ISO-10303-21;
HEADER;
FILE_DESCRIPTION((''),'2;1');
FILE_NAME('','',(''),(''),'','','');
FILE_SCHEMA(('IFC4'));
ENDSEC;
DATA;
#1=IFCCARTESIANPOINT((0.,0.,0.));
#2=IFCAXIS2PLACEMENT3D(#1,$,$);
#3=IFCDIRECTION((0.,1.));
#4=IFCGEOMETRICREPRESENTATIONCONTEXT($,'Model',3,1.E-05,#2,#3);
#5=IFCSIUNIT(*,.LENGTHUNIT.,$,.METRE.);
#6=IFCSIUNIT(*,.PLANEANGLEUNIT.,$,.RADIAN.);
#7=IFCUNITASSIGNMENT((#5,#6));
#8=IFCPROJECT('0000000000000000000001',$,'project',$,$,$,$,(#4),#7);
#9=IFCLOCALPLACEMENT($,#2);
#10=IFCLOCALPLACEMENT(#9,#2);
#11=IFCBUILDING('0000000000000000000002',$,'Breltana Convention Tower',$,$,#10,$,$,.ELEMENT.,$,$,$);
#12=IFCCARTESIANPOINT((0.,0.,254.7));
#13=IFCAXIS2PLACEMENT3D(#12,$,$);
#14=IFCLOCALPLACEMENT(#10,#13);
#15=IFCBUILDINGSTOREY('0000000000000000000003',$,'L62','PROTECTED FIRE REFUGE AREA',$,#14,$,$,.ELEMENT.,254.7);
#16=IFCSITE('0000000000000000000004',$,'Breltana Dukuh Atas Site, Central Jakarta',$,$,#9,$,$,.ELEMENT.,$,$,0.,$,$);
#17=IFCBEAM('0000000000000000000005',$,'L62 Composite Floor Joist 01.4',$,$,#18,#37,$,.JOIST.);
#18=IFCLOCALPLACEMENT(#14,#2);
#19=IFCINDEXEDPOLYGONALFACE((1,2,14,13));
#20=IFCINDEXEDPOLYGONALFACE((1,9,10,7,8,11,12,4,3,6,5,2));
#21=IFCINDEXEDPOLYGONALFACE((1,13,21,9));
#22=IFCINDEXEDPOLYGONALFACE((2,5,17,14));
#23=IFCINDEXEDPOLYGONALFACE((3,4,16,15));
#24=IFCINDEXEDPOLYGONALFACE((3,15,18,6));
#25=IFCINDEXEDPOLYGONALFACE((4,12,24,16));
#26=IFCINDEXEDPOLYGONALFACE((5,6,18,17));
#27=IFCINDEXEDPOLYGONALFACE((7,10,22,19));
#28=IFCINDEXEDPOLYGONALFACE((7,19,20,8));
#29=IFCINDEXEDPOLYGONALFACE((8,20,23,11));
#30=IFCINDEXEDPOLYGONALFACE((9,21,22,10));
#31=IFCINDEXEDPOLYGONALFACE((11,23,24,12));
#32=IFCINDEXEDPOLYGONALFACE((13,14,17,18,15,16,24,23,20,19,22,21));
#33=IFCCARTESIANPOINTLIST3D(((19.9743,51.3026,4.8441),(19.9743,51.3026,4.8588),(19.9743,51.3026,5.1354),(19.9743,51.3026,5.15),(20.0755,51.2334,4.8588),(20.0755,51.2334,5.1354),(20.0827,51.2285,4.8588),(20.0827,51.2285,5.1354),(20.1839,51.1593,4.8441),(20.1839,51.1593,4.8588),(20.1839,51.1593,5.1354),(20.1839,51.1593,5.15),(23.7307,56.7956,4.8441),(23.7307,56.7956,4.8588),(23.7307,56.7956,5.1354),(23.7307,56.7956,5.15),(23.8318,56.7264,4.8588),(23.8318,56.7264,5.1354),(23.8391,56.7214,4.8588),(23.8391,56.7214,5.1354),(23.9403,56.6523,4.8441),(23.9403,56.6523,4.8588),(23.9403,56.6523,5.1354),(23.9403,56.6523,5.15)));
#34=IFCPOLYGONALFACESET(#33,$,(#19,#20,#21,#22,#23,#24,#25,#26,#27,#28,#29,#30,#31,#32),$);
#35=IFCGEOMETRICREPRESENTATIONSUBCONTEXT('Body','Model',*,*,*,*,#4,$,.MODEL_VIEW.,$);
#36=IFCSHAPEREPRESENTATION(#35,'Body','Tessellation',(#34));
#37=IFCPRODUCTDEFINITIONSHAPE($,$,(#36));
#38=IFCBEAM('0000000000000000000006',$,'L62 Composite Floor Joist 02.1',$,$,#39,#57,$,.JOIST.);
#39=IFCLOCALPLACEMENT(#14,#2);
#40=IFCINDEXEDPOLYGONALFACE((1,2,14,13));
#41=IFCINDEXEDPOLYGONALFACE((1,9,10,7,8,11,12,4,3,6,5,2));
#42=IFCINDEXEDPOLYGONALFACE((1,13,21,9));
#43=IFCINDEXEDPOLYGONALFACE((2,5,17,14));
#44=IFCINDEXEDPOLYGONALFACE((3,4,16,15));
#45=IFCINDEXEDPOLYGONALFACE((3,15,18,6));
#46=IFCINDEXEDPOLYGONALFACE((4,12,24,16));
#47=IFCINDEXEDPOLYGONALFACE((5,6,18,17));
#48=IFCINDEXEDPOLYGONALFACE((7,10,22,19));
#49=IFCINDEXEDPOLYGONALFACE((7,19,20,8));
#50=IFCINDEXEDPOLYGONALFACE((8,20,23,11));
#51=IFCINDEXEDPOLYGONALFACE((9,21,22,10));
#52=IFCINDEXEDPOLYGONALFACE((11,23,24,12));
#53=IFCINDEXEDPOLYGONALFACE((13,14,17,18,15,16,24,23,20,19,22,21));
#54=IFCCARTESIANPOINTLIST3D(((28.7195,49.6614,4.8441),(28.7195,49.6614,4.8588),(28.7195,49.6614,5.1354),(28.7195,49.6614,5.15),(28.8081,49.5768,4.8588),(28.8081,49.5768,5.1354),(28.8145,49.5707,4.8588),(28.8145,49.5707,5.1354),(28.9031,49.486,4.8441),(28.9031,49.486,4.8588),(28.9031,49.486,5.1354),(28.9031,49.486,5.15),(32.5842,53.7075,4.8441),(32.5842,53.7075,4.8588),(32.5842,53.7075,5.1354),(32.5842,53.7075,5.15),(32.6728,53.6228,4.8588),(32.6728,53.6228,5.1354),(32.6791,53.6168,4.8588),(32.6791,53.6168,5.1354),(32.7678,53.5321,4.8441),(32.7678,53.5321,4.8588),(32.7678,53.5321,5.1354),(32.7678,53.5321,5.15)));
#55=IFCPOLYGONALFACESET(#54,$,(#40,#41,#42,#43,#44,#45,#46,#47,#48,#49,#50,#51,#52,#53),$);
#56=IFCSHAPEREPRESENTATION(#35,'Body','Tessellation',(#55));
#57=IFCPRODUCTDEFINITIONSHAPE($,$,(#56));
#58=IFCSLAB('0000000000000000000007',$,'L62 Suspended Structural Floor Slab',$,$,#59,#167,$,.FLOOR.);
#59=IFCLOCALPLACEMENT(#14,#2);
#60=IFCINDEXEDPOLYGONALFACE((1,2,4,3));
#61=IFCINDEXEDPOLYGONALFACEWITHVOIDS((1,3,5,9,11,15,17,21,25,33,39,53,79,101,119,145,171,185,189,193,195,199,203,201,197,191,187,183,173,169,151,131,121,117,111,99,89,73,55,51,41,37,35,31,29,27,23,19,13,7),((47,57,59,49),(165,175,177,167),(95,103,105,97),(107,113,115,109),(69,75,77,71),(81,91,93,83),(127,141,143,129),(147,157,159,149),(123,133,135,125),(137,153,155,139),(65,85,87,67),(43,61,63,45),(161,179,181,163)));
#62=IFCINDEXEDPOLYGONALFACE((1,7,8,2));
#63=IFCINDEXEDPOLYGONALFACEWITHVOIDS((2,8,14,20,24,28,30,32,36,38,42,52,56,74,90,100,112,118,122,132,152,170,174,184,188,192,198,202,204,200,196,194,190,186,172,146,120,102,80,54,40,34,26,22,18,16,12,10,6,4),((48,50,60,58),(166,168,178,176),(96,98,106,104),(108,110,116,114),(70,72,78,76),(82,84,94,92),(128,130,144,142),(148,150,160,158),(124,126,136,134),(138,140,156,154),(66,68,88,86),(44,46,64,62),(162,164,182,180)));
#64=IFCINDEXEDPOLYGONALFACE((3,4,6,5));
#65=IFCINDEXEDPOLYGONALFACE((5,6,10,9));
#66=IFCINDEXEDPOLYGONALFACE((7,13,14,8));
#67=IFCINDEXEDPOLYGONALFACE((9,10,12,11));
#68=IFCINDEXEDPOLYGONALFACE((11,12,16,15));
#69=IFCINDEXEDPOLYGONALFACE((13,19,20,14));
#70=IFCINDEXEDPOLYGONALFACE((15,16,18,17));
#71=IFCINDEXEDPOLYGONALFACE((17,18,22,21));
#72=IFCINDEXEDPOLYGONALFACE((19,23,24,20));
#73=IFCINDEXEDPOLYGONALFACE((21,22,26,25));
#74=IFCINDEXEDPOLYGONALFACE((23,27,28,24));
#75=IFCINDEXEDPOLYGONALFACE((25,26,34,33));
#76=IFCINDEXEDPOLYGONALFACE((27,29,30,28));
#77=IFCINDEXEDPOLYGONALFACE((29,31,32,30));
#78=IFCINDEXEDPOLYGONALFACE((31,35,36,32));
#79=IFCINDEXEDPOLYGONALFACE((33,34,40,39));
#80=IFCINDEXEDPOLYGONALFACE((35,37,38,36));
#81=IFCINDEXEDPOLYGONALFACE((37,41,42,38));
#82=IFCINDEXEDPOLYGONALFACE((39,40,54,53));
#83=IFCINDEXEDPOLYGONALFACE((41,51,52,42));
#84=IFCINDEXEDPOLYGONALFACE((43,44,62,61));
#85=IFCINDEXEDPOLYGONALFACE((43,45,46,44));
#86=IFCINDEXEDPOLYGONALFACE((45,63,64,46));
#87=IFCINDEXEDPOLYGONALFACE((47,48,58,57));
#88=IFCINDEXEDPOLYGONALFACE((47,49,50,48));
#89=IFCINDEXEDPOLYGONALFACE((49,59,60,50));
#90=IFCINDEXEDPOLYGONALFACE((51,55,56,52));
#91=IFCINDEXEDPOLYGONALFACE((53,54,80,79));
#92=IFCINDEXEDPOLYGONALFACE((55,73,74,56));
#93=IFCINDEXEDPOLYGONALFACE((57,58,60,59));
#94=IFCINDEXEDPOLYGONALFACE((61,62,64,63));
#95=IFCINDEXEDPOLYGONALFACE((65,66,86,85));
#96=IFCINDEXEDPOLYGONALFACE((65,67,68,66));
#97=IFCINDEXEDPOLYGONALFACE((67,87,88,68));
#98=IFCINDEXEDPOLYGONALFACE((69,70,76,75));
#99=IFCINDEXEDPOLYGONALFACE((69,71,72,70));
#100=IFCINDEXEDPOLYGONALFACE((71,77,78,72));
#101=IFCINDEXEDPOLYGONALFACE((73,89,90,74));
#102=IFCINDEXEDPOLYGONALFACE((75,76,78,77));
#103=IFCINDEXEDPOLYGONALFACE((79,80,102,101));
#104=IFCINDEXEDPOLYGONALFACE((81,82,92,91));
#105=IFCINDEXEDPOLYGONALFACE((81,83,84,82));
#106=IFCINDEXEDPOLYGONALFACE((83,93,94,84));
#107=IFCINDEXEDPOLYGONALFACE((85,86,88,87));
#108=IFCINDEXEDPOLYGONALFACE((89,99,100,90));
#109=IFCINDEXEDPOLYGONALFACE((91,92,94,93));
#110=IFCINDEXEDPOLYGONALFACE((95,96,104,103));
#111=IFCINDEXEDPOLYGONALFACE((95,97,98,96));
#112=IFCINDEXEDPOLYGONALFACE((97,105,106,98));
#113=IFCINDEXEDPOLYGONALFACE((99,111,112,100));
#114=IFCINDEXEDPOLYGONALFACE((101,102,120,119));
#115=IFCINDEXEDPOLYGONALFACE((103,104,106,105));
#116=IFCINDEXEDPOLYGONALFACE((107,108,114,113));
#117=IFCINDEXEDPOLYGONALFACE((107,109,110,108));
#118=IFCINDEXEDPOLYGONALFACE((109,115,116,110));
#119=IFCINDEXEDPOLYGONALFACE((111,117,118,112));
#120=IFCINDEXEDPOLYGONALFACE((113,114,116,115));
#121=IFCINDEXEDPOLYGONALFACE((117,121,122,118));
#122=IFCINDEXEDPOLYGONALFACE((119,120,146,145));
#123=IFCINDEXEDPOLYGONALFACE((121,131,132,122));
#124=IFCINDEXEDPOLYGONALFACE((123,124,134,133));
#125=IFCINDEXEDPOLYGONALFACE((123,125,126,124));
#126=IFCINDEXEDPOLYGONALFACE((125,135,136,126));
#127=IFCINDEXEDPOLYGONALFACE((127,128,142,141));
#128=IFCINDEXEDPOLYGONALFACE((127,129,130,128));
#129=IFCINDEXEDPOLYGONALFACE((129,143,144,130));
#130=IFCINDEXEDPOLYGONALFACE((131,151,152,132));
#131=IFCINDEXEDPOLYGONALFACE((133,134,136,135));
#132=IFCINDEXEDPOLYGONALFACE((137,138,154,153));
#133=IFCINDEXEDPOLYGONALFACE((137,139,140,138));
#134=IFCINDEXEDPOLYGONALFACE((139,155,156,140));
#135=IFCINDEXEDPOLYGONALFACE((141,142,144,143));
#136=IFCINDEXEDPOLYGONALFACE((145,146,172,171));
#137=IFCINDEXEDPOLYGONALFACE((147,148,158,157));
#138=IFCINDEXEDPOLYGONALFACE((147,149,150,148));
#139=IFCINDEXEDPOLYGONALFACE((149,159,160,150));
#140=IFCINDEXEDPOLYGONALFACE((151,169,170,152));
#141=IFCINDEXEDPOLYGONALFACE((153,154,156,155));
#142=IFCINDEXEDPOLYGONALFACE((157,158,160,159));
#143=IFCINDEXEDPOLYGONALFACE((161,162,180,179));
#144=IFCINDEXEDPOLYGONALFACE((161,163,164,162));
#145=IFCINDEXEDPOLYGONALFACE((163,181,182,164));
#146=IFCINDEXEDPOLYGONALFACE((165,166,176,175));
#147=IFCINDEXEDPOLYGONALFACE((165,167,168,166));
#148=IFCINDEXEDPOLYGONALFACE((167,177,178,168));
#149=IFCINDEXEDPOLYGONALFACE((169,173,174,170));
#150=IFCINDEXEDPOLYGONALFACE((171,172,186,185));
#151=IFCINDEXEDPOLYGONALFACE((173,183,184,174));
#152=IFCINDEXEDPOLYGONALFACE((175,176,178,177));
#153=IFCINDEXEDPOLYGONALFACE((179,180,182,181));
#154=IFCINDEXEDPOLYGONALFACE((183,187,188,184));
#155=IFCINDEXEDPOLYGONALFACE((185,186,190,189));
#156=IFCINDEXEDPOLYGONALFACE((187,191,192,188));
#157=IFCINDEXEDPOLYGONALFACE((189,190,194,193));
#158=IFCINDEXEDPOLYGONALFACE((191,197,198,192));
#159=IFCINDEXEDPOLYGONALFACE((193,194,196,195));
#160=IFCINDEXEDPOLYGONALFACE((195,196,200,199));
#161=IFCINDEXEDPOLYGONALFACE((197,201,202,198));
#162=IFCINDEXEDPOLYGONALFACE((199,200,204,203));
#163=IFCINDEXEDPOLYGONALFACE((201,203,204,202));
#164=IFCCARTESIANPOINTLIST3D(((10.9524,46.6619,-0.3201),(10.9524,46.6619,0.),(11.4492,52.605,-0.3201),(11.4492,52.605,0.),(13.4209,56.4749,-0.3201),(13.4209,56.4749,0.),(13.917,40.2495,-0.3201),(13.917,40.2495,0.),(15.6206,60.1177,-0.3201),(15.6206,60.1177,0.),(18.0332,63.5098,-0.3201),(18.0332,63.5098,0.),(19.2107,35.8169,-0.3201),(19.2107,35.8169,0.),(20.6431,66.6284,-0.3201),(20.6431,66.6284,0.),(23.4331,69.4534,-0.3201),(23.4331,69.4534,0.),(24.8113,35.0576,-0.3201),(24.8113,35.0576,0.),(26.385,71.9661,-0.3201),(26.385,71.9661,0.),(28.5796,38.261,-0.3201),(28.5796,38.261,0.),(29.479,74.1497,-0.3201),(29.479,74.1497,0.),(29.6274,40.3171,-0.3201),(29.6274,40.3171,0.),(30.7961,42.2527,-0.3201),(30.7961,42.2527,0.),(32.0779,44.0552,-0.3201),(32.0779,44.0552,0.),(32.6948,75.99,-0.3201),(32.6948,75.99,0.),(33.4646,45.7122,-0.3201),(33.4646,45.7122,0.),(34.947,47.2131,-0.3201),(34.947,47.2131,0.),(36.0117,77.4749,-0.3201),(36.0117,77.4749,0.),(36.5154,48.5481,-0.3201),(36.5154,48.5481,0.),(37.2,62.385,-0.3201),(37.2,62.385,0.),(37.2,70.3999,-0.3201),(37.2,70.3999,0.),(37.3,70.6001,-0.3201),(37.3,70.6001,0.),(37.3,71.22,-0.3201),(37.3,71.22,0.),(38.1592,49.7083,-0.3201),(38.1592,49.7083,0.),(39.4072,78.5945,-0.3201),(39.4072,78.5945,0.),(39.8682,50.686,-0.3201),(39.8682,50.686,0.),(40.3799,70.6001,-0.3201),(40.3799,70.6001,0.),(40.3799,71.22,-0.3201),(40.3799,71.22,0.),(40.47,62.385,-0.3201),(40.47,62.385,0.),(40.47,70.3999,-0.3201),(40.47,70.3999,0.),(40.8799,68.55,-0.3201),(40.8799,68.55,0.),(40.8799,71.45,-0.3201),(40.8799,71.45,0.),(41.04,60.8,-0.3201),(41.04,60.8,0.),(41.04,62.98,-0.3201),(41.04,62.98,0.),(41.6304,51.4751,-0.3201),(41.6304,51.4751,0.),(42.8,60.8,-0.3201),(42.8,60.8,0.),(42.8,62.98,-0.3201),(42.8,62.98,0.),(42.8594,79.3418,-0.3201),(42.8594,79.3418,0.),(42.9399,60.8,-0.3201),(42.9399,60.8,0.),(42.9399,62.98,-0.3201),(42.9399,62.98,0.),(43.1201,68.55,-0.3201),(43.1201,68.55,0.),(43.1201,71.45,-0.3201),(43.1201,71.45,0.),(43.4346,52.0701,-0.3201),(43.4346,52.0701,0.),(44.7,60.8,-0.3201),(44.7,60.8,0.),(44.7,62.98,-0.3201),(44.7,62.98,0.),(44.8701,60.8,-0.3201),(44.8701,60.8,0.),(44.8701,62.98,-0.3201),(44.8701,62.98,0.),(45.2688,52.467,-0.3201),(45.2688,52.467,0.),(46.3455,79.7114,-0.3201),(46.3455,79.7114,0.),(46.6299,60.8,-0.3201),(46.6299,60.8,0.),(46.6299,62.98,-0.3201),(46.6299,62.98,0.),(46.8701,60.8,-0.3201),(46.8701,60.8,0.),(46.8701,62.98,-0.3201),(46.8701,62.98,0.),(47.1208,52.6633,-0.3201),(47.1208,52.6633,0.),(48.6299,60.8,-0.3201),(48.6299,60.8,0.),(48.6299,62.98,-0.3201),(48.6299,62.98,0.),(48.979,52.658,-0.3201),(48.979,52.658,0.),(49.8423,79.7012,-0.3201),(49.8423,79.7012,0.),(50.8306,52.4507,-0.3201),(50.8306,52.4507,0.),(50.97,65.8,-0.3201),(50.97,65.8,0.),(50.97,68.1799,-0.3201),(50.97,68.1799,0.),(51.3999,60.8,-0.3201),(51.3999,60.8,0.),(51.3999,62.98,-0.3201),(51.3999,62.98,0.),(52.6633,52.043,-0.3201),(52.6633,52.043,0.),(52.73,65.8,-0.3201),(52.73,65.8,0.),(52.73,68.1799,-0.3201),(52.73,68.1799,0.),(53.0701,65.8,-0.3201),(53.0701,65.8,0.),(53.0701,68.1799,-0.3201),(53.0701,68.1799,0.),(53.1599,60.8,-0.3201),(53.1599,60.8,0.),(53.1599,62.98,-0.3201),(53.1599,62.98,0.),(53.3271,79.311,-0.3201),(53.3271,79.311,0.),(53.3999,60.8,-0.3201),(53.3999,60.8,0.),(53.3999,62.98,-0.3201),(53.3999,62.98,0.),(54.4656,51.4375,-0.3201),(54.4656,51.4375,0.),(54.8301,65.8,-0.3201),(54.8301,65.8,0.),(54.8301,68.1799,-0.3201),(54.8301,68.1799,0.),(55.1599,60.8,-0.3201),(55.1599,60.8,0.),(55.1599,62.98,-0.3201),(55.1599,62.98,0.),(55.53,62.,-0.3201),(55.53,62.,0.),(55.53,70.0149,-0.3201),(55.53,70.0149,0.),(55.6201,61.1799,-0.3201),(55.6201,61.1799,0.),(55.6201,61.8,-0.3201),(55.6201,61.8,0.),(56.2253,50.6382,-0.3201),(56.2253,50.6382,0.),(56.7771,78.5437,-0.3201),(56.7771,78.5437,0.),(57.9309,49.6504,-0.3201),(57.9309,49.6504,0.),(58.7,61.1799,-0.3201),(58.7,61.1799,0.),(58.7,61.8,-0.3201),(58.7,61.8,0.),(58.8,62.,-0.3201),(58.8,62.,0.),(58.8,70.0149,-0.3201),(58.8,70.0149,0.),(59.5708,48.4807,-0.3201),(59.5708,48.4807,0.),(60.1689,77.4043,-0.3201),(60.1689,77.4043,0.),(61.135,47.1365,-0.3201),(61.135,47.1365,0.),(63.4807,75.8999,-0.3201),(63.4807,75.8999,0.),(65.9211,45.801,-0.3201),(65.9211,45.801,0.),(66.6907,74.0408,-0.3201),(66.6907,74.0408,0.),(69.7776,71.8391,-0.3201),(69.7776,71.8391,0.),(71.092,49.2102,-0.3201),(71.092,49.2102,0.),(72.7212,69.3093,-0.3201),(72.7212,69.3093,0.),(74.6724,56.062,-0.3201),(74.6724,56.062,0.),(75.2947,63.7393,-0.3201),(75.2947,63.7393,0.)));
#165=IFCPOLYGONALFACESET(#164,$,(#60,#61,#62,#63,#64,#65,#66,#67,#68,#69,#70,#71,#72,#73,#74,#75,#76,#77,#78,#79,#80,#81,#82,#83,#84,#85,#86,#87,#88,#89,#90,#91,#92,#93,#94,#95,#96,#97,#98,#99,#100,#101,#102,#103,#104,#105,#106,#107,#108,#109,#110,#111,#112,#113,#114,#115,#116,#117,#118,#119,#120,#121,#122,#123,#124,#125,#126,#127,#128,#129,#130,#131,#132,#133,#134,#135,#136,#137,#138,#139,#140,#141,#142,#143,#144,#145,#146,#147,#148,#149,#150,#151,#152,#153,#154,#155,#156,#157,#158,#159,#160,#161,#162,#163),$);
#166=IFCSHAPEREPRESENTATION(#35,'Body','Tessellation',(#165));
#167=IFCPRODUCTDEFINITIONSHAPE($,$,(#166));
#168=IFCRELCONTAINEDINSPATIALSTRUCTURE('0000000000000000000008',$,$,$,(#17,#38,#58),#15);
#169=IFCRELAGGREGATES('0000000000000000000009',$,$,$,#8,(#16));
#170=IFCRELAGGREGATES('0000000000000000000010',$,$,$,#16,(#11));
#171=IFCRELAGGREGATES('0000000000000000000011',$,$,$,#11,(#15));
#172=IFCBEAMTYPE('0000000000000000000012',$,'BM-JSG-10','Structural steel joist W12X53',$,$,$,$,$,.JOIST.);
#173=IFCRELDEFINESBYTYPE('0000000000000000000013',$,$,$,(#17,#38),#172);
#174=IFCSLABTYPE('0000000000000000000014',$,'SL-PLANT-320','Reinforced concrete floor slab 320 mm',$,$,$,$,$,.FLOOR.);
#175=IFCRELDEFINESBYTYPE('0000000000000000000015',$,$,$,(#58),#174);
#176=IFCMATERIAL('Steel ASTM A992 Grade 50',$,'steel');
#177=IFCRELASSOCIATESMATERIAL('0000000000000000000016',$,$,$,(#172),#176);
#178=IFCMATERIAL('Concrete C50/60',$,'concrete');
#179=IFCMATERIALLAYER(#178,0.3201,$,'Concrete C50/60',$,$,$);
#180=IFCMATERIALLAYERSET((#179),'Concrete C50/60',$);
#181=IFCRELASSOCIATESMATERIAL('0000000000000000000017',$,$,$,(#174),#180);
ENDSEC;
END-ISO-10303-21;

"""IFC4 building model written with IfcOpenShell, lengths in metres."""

from ifc_helpers import new_model, si_unit, direction, frame, origin, origin_2d, place, context, subcontext, project, spatial, polyline, i_section, outline, extrude, source, transform, mapped, material, layer, layer_set, material_profile, profile_set, type_object, element, save


model = new_model("IFC4")

# Units and contexts
model_context = context("Model", 3, precision=1e-05, world=origin(), true_north=direction((0.0, 1.0)))
body_context = subcontext(model_context, "Body", "Model", "MODEL_VIEW")
ifc_project = project(units=[si_unit("LENGTHUNIT", "METRE"), si_unit("PLANEANGLEUNIT", "RADIAN")], contexts=[model_context])

# Site, building, storey
site_placement = place(None, origin())
site = spatial("IfcSite", under=ifc_project, at=site_placement, Name="Breltana Dukuh Atas Site, Central Jakarta", CompositionType="ELEMENT", RefElevation=0.0)
building_placement = place(site_placement, origin())
building = spatial("IfcBuilding", under=site, at=building_placement, Name="Breltana Convention Tower", CompositionType="ELEMENT")
storey_placement = place(building_placement, frame((0.0, 0.0, 254.7)))
storey = spatial("IfcBuildingStorey", under=building, at=storey_placement, Name="L62", Description="PROTECTED FIRE REFUGE AREA", CompositionType="ELEMENT", Elevation=254.7)

# Shared definitions
ifc_material_1 = material(Name="Steel ASTM A992 Grade 50", Category="steel")

# Beams
ifc_material_profile_1 = material_profile(ifc_material_1, i_section(OverallWidth=0.2539, OverallDepth=0.3059, WebThickness=0.0088, FlangeThickness=0.0146, at=origin_2d()), Name="W12X53")
ifc_profile_set_1 = profile_set([ifc_material_profile_1], Name="Steel ASTM A992 Grade 50")
beam_type_1 = type_object("IfcBeamType", Name="BM-JSG-10", Description="Structural steel joist W12X53", PredefinedType="JOIST", material=ifc_profile_set_1)
shared_shape_1 = source(origin(), body_context, "Body", "SweptSolid", [
    extrude(i_section(OverallWidth=0.2539, OverallDepth=0.3059, WebThickness=0.0088, FlangeThickness=0.0146, at=origin_2d()), origin(), (0.0, 0.0, 1.0), 6.6545),
])
beam_1_placement = place(storey_placement, frame((20.0791, 51.231, 4.9971), z_axis=(0.564483, 0.825445, 0.0), x_axis=(-0.825445, 0.564483, 0.0)))
element("IfcBeam", 1, at=beam_1_placement, inside=storey, type_object=beam_type_1, Name="L62 Composite Floor Joist 01.4", PredefinedType="JOIST", context=body_context, shape_type="MappedRepresentation", body=[
    mapped(shared_shape_1, transform((0.0, 0.0, 0.0), scale=1.0)),
])
shared_shape_2 = source(origin(), body_context, "Body", "SweptSolid", [
    extrude(i_section(OverallWidth=0.2539, OverallDepth=0.3059, WebThickness=0.0088, FlangeThickness=0.0146, at=origin_2d()), origin(), (0.0, 0.0, 1.0), 5.5952),
])
beam_2_placement = place(storey_placement, frame((28.8113, 49.5737, 4.9971), z_axis=(0.690711, 0.723131, 0.0), x_axis=(-0.723131, 0.690711, 0.0)))
element("IfcBeam", 2, at=beam_2_placement, inside=storey, type_object=beam_type_1, Name="L62 Composite Floor Joist 02.1", PredefinedType="JOIST", context=body_context, shape_type="MappedRepresentation", body=[
    mapped(shared_shape_2, transform((0.0, 0.0, 0.0), scale=1.0)),
])

# Slab
ifc_material_2 = material(Name="Concrete C50/60", Category="concrete")
ifc_layer_1 = layer(ifc_material_2, 0.3201, Name="Concrete C50/60")
ifc_layer_set_1 = layer_set([ifc_layer_1], Name="Concrete C50/60")
slab_type_1 = type_object("IfcSlabType", Name="SL-PLANT-320", Description="Reinforced concrete floor slab 320 mm", PredefinedType="FLOOR", material=ifc_layer_set_1)
slab_1_placement = place(storey_placement, frame((0.0, 0.0, -0.3201)))
element("IfcSlab", 3, at=slab_1_placement, inside=storey, type_object=slab_type_1, Name="L62 Suspended Structural Floor Slab", PredefinedType="FLOOR", context=body_context, shape_type="SweptSolid", body=[
    extrude(outline(polyline([(72.7212, 69.3093), (69.7776, 71.8391), (66.6907, 74.0408), (63.4807, 75.8999), (60.1689, 77.4043), (56.7771, 78.5437), (53.3271, 79.311), (49.8423, 79.7012), (46.3455, 79.7114), (42.8594, 79.3418), (39.4072, 78.5945), (36.0117, 77.4749), (32.6948, 75.99), (29.479, 74.1497), (26.385, 71.9661), (23.4331, 69.4534), (20.6431, 66.6284), (18.0332, 63.5098), (15.6206, 60.1177), (13.4209, 56.4749), (11.4492, 52.605), (10.9524, 46.6619), (13.917, 40.2495), (19.2107, 35.8169), (24.8113, 35.0576), (28.5796, 38.261), (29.6274, 40.3171), (30.7961, 42.2527), (32.0779, 44.0552), (33.4646, 45.7122), (34.947, 47.2131), (36.5154, 48.5481), (38.1592, 49.7083), (39.8682, 50.686), (41.6304, 51.4751), (43.4346, 52.0701), (45.2688, 52.467), (47.1208, 52.6633), (48.979, 52.658), (50.8306, 52.4507), (52.6633, 52.043), (54.4656, 51.4375), (56.2253, 50.6382), (57.9309, 49.6504), (59.5708, 48.4807), (61.135, 47.1365), (65.9211, 45.801), (71.092, 49.2102), (74.6724, 56.062), (75.2947, 63.7393), (72.7212, 69.3093)]), holes=[polyline([(37.2, 62.385), (40.47, 62.385), (40.47, 70.3999), (37.2, 70.3999), (37.2, 62.385)]), polyline([(55.53, 62.0), (58.8, 62.0), (58.8, 70.0149), (55.53, 70.0149), (55.53, 62.0)]), polyline([(41.04, 60.8), (42.8, 60.8), (42.8, 62.98), (41.04, 62.98), (41.04, 60.8)]), polyline([(42.9399, 60.8), (44.7, 60.8), (44.7, 62.98), (42.9399, 62.98), (42.9399, 60.8)]), polyline([(44.8701, 60.8), (46.6299, 60.8), (46.6299, 62.98), (44.8701, 62.98), (44.8701, 60.8)]), polyline([(46.8701, 60.8), (48.6299, 60.8), (48.6299, 62.98), (46.8701, 62.98), (46.8701, 60.8)]), polyline([(51.3999, 60.8), (53.1599, 60.8), (53.1599, 62.98), (51.3999, 62.98), (51.3999, 60.8)]), polyline([(53.3999, 60.8), (55.1599, 60.8), (55.1599, 62.98), (53.3999, 62.98), (53.3999, 60.8)]), polyline([(50.97, 65.8), (52.73, 65.8), (52.73, 68.1799), (50.97, 68.1799), (50.97, 65.8)]), polyline([(53.0701, 65.8), (54.8301, 65.8), (54.8301, 68.1799), (53.0701, 68.1799), (53.0701, 65.8)]), polyline([(40.8799, 68.55), (43.1201, 68.55), (43.1201, 71.45), (40.8799, 71.45), (40.8799, 68.55)]), polyline([(37.3, 70.6001), (40.3799, 70.6001), (40.3799, 71.22), (37.3, 71.22), (37.3, 70.6001)]), polyline([(55.6201, 61.1799), (58.7, 61.1799), (58.7, 61.8), (55.6201, 61.8), (55.6201, 61.1799)])]), origin(), (0.0, 0.0, 1.0), 0.3201),
])

save(model, "model.ifc")
